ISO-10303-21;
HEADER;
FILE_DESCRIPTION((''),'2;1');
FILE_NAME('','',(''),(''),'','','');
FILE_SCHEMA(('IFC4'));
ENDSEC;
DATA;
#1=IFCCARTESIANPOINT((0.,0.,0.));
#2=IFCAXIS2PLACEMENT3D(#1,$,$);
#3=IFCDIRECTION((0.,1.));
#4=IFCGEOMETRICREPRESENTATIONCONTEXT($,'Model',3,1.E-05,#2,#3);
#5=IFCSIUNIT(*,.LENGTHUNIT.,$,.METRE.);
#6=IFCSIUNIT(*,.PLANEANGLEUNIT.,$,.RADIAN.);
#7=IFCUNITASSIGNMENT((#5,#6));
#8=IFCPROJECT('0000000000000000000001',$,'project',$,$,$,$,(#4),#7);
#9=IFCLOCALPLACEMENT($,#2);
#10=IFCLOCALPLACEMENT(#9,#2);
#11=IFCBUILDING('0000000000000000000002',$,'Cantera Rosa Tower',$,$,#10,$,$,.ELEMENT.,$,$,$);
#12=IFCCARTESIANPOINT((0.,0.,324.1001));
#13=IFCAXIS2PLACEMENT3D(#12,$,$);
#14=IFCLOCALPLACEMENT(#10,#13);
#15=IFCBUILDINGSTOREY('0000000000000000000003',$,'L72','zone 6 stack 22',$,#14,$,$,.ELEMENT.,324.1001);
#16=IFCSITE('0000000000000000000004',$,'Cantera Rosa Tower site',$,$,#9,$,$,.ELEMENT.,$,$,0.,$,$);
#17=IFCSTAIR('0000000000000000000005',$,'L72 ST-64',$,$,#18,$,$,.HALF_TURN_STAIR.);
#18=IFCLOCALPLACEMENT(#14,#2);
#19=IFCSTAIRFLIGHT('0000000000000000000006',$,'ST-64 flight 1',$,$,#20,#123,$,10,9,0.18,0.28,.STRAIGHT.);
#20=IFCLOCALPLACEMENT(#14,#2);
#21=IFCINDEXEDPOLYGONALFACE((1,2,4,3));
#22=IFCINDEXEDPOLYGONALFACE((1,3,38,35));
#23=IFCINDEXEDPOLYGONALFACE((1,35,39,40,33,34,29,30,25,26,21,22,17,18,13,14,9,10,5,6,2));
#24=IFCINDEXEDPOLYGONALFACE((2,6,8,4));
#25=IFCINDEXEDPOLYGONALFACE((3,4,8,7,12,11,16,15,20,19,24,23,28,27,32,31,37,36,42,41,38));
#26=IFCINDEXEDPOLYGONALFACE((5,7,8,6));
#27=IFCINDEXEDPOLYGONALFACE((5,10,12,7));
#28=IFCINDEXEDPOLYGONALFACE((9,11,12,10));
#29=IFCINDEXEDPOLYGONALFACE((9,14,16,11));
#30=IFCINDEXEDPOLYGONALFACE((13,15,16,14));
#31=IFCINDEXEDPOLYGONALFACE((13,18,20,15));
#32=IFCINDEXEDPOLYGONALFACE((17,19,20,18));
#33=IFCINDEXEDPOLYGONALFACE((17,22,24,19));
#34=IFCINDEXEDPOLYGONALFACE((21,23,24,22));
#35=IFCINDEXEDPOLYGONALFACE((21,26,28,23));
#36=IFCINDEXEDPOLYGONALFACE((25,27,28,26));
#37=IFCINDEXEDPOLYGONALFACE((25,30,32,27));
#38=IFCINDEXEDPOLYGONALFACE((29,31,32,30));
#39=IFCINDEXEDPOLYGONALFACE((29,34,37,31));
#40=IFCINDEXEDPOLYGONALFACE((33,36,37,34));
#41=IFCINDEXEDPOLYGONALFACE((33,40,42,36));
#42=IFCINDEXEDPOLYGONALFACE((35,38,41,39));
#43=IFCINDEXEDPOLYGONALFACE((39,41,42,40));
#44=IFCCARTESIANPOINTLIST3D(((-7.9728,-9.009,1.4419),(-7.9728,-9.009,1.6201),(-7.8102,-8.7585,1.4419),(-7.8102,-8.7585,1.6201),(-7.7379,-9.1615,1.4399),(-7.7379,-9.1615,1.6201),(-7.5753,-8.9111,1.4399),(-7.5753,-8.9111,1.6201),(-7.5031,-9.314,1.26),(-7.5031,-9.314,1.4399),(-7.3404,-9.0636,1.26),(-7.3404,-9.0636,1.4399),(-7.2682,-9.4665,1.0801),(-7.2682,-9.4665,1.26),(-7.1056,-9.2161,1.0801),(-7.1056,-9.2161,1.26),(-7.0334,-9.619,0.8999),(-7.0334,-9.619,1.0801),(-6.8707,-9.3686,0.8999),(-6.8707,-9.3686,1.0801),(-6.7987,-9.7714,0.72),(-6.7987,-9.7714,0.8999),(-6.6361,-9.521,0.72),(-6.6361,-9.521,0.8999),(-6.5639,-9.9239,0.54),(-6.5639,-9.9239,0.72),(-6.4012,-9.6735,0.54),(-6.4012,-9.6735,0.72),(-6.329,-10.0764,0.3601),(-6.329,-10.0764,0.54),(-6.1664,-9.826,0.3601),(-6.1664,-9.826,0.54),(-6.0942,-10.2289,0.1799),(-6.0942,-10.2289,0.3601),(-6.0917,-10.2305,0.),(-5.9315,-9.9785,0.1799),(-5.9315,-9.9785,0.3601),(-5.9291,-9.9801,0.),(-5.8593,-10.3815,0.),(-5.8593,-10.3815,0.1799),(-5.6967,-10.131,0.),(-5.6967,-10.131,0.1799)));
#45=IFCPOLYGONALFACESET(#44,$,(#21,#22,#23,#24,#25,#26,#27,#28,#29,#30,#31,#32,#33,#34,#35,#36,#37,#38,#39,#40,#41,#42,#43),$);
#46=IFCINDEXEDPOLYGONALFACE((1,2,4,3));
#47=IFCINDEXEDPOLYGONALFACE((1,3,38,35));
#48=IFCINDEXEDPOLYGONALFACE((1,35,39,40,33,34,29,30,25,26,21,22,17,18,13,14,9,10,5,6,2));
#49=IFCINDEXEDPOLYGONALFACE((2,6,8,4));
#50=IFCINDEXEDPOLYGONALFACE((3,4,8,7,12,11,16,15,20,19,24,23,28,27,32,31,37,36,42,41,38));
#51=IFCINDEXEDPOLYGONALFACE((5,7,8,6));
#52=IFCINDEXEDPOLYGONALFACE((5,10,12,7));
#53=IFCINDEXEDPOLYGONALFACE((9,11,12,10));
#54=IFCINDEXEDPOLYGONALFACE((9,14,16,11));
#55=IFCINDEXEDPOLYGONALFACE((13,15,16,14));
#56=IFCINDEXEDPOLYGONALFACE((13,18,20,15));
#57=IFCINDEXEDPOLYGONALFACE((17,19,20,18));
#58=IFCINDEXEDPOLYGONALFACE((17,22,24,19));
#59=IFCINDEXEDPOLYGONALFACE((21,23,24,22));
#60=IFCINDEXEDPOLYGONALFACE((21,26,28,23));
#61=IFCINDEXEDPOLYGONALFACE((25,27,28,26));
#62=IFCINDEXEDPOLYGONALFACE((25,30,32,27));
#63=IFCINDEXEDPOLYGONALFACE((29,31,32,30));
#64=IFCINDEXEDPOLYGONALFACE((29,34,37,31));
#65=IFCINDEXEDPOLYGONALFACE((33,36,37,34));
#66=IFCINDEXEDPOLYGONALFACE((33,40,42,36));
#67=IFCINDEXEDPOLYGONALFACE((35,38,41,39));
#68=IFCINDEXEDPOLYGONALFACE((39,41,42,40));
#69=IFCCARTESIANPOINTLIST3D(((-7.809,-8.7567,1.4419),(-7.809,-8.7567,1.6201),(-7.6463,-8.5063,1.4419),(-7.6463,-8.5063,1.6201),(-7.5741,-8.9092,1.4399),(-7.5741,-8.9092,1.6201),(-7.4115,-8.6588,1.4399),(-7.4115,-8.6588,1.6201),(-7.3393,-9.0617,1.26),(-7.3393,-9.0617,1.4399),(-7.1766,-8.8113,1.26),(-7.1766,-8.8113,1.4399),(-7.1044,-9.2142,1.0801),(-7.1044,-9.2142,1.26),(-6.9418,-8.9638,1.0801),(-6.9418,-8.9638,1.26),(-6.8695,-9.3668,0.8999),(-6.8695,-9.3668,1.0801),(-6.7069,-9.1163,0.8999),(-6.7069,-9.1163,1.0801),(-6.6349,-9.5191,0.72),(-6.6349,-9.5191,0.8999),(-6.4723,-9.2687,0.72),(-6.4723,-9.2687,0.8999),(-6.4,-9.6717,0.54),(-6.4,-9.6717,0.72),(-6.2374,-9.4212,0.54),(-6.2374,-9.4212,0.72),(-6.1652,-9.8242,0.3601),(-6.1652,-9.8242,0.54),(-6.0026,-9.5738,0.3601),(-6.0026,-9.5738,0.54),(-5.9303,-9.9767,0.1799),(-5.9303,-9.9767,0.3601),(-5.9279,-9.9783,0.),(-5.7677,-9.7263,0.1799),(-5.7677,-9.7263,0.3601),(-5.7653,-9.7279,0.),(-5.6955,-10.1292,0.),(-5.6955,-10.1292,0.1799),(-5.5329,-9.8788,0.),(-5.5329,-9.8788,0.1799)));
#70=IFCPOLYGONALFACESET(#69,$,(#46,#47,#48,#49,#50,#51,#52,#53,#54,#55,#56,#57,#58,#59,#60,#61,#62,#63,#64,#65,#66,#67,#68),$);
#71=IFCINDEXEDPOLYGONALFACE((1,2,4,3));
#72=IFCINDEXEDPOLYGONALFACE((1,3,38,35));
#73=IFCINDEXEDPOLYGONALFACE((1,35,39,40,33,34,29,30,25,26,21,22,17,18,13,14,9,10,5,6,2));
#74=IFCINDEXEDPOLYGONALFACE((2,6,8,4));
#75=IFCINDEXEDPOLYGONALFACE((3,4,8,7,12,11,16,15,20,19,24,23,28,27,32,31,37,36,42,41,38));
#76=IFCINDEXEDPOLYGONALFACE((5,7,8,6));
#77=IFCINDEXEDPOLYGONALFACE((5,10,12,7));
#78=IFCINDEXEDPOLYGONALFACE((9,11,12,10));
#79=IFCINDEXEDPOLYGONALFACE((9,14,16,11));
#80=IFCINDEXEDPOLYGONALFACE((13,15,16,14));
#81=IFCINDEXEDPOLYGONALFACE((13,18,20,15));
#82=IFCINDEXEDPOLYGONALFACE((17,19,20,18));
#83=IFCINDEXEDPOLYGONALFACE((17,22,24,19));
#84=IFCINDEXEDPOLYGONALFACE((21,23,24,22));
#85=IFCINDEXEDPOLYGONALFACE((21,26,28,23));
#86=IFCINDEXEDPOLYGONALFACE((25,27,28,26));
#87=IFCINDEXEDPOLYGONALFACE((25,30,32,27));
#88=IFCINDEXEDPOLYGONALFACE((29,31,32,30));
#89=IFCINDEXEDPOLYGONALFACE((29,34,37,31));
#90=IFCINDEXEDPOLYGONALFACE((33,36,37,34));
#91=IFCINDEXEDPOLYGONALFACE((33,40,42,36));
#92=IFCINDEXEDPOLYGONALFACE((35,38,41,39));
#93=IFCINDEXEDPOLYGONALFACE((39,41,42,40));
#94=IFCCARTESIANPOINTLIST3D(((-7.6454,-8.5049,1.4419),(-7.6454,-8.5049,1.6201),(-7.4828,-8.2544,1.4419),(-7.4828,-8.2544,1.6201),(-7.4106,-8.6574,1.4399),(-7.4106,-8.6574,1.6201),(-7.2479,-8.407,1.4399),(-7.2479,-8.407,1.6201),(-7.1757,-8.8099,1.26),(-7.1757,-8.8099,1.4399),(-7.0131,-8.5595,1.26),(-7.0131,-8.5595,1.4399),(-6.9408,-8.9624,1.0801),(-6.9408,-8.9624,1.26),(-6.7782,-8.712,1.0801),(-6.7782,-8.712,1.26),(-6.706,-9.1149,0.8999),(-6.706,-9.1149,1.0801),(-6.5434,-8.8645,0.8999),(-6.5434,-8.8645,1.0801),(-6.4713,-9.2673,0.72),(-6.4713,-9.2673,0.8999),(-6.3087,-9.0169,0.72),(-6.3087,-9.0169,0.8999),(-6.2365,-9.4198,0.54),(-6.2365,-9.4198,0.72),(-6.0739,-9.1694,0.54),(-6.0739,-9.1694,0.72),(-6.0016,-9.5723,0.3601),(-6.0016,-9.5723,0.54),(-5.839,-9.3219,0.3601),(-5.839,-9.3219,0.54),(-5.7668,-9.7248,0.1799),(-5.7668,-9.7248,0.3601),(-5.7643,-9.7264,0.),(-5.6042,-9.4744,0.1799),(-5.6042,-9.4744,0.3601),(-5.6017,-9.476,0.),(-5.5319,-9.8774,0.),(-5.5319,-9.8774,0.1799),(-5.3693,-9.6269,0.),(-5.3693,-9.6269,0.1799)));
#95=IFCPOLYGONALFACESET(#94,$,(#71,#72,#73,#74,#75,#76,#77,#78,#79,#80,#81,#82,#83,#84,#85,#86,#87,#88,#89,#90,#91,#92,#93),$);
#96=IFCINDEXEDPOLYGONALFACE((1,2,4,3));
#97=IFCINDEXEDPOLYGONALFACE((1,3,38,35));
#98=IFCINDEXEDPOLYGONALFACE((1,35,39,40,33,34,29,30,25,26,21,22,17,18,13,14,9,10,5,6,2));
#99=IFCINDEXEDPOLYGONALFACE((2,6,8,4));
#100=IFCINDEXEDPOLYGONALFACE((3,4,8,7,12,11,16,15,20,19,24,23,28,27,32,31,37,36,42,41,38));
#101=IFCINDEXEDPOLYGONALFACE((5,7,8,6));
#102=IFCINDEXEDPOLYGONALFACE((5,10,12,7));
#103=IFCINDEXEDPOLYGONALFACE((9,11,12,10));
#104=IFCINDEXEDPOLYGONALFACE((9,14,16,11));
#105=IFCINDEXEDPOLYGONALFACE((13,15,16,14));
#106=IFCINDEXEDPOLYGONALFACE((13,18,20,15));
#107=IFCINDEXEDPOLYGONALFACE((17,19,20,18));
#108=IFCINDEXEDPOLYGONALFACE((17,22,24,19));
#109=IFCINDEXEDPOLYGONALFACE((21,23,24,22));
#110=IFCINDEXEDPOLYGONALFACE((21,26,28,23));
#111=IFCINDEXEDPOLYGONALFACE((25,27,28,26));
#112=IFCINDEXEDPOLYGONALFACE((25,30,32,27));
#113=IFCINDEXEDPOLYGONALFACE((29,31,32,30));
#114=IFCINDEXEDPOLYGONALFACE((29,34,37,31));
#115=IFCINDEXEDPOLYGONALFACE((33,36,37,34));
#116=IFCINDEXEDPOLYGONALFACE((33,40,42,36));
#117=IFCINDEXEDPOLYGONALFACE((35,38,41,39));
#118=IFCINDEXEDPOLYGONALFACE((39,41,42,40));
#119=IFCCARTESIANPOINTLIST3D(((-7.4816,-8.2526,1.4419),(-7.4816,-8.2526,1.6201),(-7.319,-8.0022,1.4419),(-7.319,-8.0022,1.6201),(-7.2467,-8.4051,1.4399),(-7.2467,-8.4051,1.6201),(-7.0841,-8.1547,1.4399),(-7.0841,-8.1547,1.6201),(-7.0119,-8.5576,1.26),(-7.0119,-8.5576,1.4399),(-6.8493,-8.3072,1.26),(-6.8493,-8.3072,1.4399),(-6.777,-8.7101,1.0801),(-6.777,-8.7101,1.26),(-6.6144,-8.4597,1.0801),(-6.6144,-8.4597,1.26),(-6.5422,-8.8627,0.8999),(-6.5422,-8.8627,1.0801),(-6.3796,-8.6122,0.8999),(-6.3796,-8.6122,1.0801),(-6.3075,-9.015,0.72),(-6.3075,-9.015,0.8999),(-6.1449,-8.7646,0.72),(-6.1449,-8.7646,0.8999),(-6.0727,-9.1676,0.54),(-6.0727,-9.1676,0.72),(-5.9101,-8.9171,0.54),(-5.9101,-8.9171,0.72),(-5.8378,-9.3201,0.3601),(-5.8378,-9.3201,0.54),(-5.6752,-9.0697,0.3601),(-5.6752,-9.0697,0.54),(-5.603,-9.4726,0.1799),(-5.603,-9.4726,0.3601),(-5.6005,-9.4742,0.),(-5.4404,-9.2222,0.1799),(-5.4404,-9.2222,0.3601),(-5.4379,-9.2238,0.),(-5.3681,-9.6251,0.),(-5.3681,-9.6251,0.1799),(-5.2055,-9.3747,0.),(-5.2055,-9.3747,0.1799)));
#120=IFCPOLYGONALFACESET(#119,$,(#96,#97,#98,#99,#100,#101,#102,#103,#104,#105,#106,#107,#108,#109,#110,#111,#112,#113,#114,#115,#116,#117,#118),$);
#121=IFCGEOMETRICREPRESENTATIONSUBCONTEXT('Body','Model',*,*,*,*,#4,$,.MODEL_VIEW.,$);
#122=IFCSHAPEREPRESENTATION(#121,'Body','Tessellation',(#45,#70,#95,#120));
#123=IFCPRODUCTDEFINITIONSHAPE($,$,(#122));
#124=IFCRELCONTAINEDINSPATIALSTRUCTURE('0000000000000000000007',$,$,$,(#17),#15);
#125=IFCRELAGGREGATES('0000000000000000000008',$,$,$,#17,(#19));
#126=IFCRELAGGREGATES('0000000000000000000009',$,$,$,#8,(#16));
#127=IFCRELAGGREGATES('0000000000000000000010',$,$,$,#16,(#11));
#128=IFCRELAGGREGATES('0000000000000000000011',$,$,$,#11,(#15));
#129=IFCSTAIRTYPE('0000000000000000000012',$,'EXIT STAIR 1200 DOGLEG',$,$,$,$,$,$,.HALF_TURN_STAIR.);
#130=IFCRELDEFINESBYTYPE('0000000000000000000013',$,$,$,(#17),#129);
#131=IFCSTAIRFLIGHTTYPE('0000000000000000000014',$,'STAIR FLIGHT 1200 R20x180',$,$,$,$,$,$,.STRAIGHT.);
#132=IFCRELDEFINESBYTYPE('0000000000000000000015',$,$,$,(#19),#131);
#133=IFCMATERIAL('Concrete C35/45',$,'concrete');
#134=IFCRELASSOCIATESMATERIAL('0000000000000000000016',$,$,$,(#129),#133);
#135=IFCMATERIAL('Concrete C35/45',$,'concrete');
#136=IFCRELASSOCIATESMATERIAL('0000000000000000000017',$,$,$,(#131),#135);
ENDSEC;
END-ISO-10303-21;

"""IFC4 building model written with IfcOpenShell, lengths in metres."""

from ifc_helpers import new_model, si_unit, direction, frame, origin, place, context, subcontext, project, spatial, polyline, outline, extrude, material, type_object, element, aggregate, save


model = new_model("IFC4")

# Units and contexts
model_context = context("Model", 3, precision=1e-05, world=origin(), true_north=direction((0.0, 1.0)))
body_context = subcontext(model_context, "Body", "Model", "MODEL_VIEW")
ifc_project = project(units=[si_unit("LENGTHUNIT", "METRE"), si_unit("PLANEANGLEUNIT", "RADIAN")], contexts=[model_context])

# Site, building, storey
site_placement = place(None, origin())
site = spatial("IfcSite", under=ifc_project, at=site_placement, Name="Cantera Rosa Tower site", CompositionType="ELEMENT", RefElevation=0.0)
building_placement = place(site_placement, origin())
building = spatial("IfcBuilding", under=site, at=building_placement, Name="Cantera Rosa Tower", CompositionType="ELEMENT")
storey_placement = place(building_placement, frame((0.0, 0.0, 324.1001)))
storey = spatial("IfcBuildingStorey", under=building, at=storey_placement, Name="L72", Description="zone 6 stack 22", CompositionType="ELEMENT", Elevation=324.1001)

# Stair, stair flight
ifc_material_1 = material(Name="Concrete C35/45", Category="concrete")
stair_type = type_object("IfcStairType", Name="EXIT STAIR 1200 DOGLEG", PredefinedType="HALF_TURN_STAIR", material=ifc_material_1)
stair_placement = place(storey_placement, origin())
stair = element("IfcStair", 1, at=stair_placement, inside=storey, type_object=stair_type, Name="L72 ST-64", PredefinedType="HALF_TURN_STAIR")
ifc_material_2 = material(Name="Concrete C35/45", Category="concrete")
stair_flight_type = type_object("IfcStairFlightType", Name="STAIR FLIGHT 1200 R20x180", PredefinedType="STRAIGHT", material=ifc_material_2)
stair_flight_1_placement = place(storey_placement, frame((-5.5325, -9.8782, 0.0), z_axis=(0.0, 0.0, 1.0), x_axis=(-0.838671, 0.544639, 0.0)))
stair_flight_1 = element("IfcStairFlight", 2, at=stair_flight_1_placement, type_object=stair_flight_type, Name="ST-64 flight 1", NumberOfRisers=10, NumberOfTreads=9, PredefinedType="STRAIGHT", RiserHeight=0.18, TreadLength=0.28, context=body_context, shape_type="SweptSolid", body=[
    extrude(outline(polyline([(0.0, 0.0), (0.0, 0.1799), (0.28, 0.1799), (0.28, 0.3601), (0.5601, 0.3601), (0.5601, 0.54), (0.8401, 0.54), (0.8401, 0.72), (1.1201, 0.72), (1.1201, 0.8999), (1.3999, 0.8999), (1.3999, 1.0801), (1.6799, 1.0801), (1.6799, 1.26), (1.96, 1.26), (1.96, 1.4399), (2.24, 1.4399), (2.24, 1.6201), (2.52, 1.6201), (2.52, 1.8), (2.52, 1.4419), (0.2771, 0.0), (0.0, 0.0)])), frame((0.0, 0.6001, 0.0), z_axis=(0.0, -1.0, 0.0), x_axis=(1.0, 0.0, 0.0)), (0.0, 0.0, 1.0), 0.2986),
    extrude(outline(polyline([(0.0, 0.0), (0.0, 0.1799), (0.28, 0.1799), (0.28, 0.3601), (0.5601, 0.3601), (0.5601, 0.54), (0.8401, 0.54), (0.8401, 0.72), (1.1201, 0.72), (1.1201, 0.8999), (1.3999, 0.8999), (1.3999, 1.0801), (1.6799, 1.0801), (1.6799, 1.26), (1.96, 1.26), (1.96, 1.4399), (2.24, 1.4399), (2.24, 1.6201), (2.52, 1.6201), (2.52, 1.8), (2.52, 1.4419), (0.2771, 0.0), (0.0, 0.0)])), frame((0.0, 0.2993, 0.0), z_axis=(0.0, -1.0, 0.0), x_axis=(1.0, 0.0, 0.0)), (0.0, 0.0, 1.0), 0.2986),
    extrude(outline(polyline([(0.0, 0.0), (0.0, 0.1799), (0.28, 0.1799), (0.28, 0.3601), (0.5601, 0.3601), (0.5601, 0.54), (0.8401, 0.54), (0.8401, 0.72), (1.1201, 0.72), (1.1201, 0.8999), (1.3999, 0.8999), (1.3999, 1.0801), (1.6799, 1.0801), (1.6799, 1.26), (1.96, 1.26), (1.96, 1.4399), (2.24, 1.4399), (2.24, 1.6201), (2.52, 1.6201), (2.52, 1.8), (2.52, 1.4419), (0.2771, 0.0), (0.0, 0.0)])), frame((0.0, -0.001, 0.0), z_axis=(0.0, -1.0, 0.0), x_axis=(1.0, 0.0, 0.0)), (0.0, 0.0, 1.0), 0.2986),
    extrude(outline(polyline([(0.0, 0.0), (0.0, 0.1799), (0.28, 0.1799), (0.28, 0.3601), (0.5601, 0.3601), (0.5601, 0.54), (0.8401, 0.54), (0.8401, 0.72), (1.1201, 0.72), (1.1201, 0.8999), (1.3999, 0.8999), (1.3999, 1.0801), (1.6799, 1.0801), (1.6799, 1.26), (1.96, 1.26), (1.96, 1.4399), (2.24, 1.4399), (2.24, 1.6201), (2.52, 1.6201), (2.52, 1.8), (2.52, 1.4419), (0.2771, 0.0), (0.0, 0.0)])), frame((0.0, -0.3018, 0.0), z_axis=(0.0, -1.0, 0.0), x_axis=(1.0, 0.0, 0.0)), (0.0, 0.0, 1.0), 0.2986),
])
aggregate(stair, [stair_flight_1])

save(model, "model.ifc")
